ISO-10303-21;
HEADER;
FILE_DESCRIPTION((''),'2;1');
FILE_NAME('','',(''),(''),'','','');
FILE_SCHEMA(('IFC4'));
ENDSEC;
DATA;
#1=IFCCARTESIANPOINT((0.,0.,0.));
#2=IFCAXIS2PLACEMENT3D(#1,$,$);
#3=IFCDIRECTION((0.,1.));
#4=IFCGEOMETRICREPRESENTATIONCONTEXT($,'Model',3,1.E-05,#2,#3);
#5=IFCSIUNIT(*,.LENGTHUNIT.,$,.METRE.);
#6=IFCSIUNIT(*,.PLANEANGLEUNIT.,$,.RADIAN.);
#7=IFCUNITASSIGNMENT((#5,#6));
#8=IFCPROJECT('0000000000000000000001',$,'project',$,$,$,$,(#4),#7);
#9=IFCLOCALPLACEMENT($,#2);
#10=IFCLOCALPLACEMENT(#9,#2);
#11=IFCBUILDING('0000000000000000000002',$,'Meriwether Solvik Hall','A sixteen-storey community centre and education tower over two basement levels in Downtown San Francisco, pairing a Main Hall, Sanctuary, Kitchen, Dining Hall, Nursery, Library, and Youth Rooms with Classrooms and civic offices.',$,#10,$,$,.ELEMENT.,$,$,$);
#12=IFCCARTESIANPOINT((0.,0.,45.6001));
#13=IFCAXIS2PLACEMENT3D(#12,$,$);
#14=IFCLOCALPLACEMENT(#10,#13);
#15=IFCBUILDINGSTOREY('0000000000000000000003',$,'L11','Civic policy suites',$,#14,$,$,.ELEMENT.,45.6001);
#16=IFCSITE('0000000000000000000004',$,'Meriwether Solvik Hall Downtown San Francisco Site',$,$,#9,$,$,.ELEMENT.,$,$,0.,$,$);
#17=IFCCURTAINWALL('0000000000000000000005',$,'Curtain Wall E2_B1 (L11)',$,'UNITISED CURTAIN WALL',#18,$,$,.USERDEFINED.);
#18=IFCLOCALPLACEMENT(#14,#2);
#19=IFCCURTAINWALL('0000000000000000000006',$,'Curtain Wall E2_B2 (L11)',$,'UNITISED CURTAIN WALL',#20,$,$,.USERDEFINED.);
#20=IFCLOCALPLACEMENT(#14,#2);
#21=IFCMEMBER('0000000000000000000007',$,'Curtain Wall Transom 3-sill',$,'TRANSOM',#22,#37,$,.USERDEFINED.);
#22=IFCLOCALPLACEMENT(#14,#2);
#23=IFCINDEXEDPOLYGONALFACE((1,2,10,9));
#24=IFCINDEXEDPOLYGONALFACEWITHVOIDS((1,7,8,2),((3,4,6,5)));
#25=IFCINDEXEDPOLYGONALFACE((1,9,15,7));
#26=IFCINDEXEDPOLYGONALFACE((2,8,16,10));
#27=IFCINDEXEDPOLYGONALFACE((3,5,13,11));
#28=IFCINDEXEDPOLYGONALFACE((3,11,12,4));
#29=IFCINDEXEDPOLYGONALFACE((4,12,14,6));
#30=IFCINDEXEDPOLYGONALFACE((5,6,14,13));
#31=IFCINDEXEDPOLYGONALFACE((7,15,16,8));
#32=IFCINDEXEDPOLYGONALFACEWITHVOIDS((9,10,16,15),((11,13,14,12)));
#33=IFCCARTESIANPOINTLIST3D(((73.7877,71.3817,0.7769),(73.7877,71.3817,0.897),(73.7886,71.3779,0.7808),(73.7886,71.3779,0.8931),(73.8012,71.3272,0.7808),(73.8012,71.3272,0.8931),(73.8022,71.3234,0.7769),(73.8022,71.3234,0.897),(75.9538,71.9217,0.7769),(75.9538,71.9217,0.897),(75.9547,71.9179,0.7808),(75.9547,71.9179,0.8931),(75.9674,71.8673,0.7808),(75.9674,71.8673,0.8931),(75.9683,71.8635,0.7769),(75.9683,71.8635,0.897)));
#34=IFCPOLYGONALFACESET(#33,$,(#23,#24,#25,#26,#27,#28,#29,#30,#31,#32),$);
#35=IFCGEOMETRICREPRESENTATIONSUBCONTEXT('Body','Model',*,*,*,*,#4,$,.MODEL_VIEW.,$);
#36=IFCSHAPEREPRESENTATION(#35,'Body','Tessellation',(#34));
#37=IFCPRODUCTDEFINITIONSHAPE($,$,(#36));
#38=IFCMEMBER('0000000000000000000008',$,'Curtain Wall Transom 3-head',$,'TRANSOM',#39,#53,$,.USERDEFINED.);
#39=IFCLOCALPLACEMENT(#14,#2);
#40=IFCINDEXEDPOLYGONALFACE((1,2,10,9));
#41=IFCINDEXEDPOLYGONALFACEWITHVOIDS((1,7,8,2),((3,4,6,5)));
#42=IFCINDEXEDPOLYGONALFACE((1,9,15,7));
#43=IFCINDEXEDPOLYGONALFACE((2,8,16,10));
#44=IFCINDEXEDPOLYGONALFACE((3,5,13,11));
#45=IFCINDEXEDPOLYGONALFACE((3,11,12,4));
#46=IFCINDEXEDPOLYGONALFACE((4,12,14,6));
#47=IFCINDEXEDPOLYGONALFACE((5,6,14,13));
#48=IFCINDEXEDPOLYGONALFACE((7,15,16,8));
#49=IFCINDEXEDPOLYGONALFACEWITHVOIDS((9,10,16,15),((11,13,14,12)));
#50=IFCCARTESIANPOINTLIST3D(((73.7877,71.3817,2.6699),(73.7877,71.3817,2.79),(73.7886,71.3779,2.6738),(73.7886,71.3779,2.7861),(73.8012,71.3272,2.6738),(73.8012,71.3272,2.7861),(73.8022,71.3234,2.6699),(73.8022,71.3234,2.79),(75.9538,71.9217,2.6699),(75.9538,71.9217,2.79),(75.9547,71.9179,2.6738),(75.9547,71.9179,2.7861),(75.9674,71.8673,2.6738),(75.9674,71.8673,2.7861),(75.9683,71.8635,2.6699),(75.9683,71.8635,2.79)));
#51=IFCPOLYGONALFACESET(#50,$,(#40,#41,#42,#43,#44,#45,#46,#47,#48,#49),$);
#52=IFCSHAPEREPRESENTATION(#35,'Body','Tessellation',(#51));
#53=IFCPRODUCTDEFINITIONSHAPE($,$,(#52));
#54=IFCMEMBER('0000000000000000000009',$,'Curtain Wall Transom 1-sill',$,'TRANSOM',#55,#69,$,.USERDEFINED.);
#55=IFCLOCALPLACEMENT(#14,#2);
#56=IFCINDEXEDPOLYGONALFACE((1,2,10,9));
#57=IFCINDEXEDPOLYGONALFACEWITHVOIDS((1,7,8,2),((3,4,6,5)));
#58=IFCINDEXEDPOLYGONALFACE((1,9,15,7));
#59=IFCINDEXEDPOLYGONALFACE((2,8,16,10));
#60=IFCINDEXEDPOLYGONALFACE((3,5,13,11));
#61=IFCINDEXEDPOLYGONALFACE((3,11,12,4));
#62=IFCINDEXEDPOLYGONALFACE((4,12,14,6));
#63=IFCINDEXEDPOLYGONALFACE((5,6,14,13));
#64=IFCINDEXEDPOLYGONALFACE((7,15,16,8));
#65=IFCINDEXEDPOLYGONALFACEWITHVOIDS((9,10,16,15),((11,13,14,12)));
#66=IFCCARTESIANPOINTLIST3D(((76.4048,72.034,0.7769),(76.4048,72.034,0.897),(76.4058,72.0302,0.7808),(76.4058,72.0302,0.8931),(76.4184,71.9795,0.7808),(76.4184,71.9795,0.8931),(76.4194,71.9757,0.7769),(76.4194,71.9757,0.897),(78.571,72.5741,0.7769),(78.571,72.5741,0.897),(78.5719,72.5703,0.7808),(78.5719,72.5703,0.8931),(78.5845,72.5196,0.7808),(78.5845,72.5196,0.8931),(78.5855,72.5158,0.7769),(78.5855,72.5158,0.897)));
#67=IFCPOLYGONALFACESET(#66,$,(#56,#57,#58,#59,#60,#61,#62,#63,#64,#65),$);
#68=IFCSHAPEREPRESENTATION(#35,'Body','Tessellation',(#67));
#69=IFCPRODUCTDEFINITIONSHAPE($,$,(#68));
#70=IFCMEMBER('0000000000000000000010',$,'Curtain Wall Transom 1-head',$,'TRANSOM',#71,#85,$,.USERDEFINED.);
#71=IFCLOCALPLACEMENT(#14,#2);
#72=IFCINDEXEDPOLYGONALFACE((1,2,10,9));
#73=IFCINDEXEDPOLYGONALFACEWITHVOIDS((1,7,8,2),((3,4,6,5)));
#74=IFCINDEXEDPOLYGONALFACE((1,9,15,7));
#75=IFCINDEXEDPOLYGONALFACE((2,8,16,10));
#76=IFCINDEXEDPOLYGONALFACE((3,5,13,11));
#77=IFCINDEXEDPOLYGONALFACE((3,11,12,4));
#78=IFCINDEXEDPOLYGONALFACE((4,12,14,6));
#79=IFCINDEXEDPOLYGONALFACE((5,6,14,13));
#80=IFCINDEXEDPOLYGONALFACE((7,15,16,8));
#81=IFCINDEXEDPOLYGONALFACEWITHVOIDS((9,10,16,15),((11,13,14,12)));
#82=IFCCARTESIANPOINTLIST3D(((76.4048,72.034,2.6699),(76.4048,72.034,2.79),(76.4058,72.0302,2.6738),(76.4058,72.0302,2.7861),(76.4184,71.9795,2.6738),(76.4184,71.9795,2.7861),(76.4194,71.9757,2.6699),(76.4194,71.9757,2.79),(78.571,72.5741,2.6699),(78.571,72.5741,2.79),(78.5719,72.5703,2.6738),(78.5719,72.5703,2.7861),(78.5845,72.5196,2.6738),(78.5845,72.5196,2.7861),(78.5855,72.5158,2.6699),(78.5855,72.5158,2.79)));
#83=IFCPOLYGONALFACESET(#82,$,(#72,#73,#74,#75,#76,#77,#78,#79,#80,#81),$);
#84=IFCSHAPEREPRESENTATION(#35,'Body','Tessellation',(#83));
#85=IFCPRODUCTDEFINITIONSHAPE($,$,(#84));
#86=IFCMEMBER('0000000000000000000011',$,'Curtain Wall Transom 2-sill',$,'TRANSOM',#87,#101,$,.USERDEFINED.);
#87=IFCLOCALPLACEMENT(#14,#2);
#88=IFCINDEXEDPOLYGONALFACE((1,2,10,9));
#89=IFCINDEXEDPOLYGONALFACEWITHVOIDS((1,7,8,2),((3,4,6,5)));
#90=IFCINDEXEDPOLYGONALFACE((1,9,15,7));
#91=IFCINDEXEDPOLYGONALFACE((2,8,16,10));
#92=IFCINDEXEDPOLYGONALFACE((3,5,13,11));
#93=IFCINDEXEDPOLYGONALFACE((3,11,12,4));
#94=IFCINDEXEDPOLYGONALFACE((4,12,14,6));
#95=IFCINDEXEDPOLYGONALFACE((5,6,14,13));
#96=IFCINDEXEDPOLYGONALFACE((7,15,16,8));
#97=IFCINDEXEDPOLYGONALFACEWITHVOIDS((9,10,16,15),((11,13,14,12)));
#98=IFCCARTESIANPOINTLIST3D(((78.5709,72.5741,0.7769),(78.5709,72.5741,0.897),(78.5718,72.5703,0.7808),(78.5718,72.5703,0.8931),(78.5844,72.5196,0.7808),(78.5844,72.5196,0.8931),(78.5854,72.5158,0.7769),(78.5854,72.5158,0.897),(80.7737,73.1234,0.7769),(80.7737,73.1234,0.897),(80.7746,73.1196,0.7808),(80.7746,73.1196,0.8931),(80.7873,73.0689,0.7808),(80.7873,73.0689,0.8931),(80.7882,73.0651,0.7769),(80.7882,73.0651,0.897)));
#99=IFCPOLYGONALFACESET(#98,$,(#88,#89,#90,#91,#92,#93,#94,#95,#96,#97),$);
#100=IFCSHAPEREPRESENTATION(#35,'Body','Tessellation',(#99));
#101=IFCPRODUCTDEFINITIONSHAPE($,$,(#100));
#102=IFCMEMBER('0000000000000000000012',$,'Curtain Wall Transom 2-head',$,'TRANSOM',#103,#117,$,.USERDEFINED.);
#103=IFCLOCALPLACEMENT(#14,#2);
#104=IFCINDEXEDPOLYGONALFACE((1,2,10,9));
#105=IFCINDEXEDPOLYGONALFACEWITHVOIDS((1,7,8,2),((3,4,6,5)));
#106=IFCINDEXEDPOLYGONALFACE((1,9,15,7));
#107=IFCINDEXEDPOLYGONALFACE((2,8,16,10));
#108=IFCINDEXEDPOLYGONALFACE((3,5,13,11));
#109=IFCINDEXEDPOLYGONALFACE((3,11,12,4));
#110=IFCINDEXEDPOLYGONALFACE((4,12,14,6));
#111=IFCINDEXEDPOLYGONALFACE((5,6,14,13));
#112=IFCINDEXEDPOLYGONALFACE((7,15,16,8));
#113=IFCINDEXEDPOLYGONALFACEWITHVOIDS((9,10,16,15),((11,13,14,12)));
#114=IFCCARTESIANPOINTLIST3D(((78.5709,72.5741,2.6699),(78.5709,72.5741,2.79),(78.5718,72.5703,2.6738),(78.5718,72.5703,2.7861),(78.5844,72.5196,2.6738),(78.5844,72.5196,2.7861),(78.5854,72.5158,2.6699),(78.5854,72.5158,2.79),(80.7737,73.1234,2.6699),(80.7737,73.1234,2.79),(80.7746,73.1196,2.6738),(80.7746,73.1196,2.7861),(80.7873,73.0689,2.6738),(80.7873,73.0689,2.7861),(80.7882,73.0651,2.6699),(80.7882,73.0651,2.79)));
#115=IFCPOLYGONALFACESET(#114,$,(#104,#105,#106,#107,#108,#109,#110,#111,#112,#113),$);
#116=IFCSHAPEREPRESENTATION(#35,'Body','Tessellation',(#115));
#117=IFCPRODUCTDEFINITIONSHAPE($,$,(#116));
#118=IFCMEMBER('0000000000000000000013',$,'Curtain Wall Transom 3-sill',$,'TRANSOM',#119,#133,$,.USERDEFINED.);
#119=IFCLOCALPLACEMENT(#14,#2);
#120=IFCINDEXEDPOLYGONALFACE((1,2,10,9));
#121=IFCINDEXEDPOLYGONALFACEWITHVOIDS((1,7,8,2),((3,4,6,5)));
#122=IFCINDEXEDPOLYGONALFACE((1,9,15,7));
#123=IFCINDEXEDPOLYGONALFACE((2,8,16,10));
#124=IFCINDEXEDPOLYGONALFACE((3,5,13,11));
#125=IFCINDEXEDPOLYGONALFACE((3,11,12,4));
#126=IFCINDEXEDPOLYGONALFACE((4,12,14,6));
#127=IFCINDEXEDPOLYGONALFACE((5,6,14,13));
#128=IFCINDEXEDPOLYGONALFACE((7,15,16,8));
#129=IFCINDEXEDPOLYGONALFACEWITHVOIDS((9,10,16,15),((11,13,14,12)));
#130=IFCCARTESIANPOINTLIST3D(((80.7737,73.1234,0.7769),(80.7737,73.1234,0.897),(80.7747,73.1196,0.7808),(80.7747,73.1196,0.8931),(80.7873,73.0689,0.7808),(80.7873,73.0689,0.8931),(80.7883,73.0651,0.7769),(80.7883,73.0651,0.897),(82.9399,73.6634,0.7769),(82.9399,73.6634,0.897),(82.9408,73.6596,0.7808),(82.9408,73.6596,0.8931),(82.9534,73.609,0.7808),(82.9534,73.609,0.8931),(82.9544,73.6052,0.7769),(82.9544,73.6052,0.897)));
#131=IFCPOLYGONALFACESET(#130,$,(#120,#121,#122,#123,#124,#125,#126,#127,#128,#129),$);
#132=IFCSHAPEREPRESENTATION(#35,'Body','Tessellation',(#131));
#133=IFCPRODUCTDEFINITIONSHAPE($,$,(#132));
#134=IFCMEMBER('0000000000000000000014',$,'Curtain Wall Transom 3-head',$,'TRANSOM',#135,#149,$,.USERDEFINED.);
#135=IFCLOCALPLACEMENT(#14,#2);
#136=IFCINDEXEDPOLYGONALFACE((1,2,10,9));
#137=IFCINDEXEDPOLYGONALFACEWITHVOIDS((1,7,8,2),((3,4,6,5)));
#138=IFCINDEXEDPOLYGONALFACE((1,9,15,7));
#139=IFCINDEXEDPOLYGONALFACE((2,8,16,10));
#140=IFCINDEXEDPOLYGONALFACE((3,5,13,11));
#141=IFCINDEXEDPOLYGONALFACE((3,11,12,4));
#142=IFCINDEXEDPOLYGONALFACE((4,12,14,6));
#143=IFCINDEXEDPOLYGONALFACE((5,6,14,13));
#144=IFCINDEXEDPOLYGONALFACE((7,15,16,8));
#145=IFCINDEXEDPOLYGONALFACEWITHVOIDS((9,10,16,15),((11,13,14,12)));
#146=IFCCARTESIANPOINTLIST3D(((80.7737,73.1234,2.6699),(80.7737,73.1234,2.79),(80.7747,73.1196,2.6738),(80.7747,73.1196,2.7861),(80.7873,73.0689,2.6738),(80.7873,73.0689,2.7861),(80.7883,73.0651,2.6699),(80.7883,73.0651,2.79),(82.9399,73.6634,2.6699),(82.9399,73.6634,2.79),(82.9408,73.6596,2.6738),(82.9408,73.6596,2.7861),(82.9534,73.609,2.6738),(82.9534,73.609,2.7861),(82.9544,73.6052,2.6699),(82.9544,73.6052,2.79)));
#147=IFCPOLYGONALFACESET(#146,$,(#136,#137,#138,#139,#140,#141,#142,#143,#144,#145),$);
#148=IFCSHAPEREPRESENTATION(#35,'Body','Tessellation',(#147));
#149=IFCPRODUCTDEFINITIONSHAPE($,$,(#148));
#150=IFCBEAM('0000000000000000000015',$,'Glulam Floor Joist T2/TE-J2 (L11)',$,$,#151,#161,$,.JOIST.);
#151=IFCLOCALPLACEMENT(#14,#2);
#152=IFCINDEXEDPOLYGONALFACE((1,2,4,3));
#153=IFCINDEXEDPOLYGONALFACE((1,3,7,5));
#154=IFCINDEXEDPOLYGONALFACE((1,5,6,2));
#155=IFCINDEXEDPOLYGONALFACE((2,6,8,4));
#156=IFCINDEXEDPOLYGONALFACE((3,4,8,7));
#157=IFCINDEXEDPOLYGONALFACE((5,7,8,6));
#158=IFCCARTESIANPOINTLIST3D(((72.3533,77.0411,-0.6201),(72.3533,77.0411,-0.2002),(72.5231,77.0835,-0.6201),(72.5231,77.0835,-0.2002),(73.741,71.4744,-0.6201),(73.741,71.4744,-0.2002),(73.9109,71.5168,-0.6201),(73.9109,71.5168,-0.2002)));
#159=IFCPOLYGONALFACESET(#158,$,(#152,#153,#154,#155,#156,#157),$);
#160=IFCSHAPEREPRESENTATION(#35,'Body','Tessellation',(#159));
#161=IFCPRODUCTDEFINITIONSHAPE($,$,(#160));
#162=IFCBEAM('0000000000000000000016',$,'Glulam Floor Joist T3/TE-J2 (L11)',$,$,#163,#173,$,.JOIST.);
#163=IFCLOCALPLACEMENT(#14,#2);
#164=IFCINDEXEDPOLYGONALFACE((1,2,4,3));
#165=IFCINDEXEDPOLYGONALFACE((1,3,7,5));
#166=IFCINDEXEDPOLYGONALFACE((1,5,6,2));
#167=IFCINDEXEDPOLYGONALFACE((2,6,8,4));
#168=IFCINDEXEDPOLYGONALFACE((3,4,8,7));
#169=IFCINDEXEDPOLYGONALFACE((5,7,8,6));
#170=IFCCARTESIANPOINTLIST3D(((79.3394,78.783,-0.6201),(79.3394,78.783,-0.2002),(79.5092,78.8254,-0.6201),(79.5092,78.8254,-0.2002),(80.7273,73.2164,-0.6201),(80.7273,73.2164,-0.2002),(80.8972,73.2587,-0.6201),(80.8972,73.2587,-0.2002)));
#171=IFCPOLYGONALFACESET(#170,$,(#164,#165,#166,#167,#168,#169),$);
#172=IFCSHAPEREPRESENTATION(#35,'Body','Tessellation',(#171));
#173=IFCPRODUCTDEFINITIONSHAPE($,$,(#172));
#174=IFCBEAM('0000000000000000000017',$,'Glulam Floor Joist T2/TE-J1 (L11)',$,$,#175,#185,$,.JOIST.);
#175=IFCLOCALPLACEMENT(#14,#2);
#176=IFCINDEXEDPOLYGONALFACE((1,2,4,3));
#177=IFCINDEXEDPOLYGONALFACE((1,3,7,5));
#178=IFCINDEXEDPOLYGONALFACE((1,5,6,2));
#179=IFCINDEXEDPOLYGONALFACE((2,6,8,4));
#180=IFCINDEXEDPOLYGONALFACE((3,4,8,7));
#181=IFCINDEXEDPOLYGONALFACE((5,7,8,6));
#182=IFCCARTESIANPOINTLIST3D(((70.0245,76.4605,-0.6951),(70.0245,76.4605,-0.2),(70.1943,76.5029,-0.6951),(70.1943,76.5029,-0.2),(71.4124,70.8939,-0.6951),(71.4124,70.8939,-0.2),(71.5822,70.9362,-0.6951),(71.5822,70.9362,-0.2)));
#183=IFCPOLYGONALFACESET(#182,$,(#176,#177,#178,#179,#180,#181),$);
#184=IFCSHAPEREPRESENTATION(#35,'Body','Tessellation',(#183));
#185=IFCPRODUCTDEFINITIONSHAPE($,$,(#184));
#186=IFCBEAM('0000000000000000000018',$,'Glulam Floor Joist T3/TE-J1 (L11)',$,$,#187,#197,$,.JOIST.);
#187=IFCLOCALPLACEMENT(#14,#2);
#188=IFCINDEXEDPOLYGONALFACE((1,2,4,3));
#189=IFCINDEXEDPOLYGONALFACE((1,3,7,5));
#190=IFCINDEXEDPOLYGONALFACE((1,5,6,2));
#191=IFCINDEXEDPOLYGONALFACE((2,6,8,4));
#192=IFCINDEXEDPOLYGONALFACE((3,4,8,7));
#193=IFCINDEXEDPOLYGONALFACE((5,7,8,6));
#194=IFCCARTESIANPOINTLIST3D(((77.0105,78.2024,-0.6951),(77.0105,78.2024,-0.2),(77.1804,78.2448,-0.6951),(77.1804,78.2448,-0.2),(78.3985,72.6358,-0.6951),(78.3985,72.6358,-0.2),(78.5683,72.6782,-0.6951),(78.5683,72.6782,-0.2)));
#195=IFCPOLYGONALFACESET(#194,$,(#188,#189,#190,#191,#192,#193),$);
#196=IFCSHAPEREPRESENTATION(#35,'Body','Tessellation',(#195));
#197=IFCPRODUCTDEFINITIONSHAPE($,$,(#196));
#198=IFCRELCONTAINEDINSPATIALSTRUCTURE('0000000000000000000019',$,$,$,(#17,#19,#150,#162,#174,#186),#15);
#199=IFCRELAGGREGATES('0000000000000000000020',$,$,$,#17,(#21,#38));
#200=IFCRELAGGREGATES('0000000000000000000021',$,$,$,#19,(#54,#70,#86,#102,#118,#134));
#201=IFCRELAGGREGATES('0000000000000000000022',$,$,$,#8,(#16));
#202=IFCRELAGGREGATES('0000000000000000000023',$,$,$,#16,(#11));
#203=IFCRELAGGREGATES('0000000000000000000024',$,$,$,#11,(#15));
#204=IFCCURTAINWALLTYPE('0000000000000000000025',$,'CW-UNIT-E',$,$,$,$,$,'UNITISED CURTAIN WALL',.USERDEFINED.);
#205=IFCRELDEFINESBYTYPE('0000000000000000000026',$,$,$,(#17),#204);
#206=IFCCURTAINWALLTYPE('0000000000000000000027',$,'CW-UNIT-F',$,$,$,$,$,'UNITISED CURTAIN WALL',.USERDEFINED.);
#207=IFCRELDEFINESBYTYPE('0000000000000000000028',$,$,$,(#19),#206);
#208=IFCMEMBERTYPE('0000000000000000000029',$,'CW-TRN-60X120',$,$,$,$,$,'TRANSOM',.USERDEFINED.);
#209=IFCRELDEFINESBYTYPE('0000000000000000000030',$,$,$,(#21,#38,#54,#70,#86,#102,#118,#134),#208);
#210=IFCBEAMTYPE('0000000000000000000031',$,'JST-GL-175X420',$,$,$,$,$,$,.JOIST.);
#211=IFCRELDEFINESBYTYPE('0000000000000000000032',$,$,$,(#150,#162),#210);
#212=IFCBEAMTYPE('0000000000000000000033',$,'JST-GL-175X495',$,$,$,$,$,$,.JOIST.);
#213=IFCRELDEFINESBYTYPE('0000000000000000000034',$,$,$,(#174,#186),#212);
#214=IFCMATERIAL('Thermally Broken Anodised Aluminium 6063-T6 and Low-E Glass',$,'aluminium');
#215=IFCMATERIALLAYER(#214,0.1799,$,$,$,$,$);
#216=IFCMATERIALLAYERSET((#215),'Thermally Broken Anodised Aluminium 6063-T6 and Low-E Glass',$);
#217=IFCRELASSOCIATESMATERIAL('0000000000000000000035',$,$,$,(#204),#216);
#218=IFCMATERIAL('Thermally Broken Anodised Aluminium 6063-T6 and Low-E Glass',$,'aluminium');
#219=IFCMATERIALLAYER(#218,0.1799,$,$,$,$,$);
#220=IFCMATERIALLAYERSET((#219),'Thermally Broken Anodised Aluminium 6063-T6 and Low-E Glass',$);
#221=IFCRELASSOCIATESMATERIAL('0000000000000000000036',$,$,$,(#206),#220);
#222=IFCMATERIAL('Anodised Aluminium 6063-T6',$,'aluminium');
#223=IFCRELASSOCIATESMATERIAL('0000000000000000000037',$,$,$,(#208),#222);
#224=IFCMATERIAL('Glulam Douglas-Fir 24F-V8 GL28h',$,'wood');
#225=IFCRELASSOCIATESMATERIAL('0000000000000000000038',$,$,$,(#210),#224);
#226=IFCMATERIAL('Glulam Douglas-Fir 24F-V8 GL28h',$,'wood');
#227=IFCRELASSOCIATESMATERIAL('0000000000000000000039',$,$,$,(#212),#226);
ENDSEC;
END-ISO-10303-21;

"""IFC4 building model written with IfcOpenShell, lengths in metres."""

from ifc_helpers import new_model, si_unit, direction, frame, origin, origin_2d, place, context, subcontext, project, spatial, rectangle, hollow_rectangle, extrude, material, layer, layer_set, material_profile, profile_set, type_object, element, aggregate, save


model = new_model("IFC4")

# Units and contexts
model_context = context("Model", 3, precision=1e-05, world=origin(), true_north=direction((0.0, 1.0)))
body_context = subcontext(model_context, "Body", "Model", "MODEL_VIEW")
ifc_project = project(units=[si_unit("LENGTHUNIT", "METRE"), si_unit("PLANEANGLEUNIT", "RADIAN")], contexts=[model_context])

# Site, building, storey
site_placement = place(None, origin())
site = spatial("IfcSite", under=ifc_project, at=site_placement, Name="Meriwether Solvik Hall Downtown San Francisco Site", CompositionType="ELEMENT", RefElevation=0.0)
building_placement = place(site_placement, origin())
building = spatial("IfcBuilding", under=site, at=building_placement, Name="Meriwether Solvik Hall", Description="A sixteen-storey community centre and education tower over two basement levels in Downtown San Francisco, pairing a Main Hall, Sanctuary, Kitchen, Dining Hall, Nursery, Library, and Youth Rooms with Classrooms and civic offices.", CompositionType="ELEMENT")
storey_placement = place(building_placement, frame((0.0, 0.0, 45.6001)))
storey = spatial("IfcBuildingStorey", under=building, at=storey_placement, Name="L11", Description="Civic policy suites", CompositionType="ELEMENT", Elevation=45.6001)

# Curtain walls
ifc_material_1 = material(Name="Thermally Broken Anodised Aluminium 6063-T6 and Low-E Glass", Category="aluminium")
ifc_layer_1 = layer(ifc_material_1, 0.1799)
ifc_layer_set_1 = layer_set([ifc_layer_1], Name="Thermally Broken Anodised Aluminium 6063-T6 and Low-E Glass")
curtain_wall_type_1 = type_object("IfcCurtainWallType", Name="CW-UNIT-E", ElementType="UNITISED CURTAIN WALL", PredefinedType="USERDEFINED", material=ifc_layer_set_1)
curtain_wall_1_placement = place(storey_placement, origin())
curtain_wall_1 = element("IfcCurtainWall", 1, at=curtain_wall_1_placement, inside=storey, type_object=curtain_wall_type_1, Name="Curtain Wall E2_B1 (L11)", ObjectType="UNITISED CURTAIN WALL", PredefinedType="USERDEFINED")
ifc_material_2 = material(Name="Thermally Broken Anodised Aluminium 6063-T6 and Low-E Glass", Category="aluminium")
ifc_layer_2 = layer(ifc_material_2, 0.1799)
ifc_layer_set_2 = layer_set([ifc_layer_2], Name="Thermally Broken Anodised Aluminium 6063-T6 and Low-E Glass")
curtain_wall_type_2 = type_object("IfcCurtainWallType", Name="CW-UNIT-F", ElementType="UNITISED CURTAIN WALL", PredefinedType="USERDEFINED", material=ifc_layer_set_2)
curtain_wall_2_placement = place(storey_placement, origin())
curtain_wall_2 = element("IfcCurtainWall", 2, at=curtain_wall_2_placement, inside=storey, type_object=curtain_wall_type_2, Name="Curtain Wall E2_B2 (L11)", ObjectType="UNITISED CURTAIN WALL", PredefinedType="USERDEFINED")

# Members
ifc_material_3 = material(Name="Anodised Aluminium 6063-T6", Category="aluminium")
ifc_material_profile_1 = material_profile(ifc_material_3, hollow_rectangle(XDim=0.0601, YDim=0.1201, WallThickness=0.0039, at=origin_2d()), Name="CWT-60X120")
ifc_profile_set_1 = profile_set([ifc_material_profile_1], Name="Anodised Aluminium 6063-T6")
member_type_1 = type_object("IfcMemberType", Name="CW-TRN-60X120", ElementType="TRANSOM", PredefinedType="USERDEFINED", material=ifc_profile_set_1)
member_1_placement = place(storey_placement, frame((73.7949, 71.3525, 0.8369), z_axis=(0.970297, 0.241918, 0.0), x_axis=(-0.241918, 0.970297, 0.0)))
member_1 = element("IfcMember", 3, at=member_1_placement, type_object=member_type_1, Name="Curtain Wall Transom 3-sill", ObjectType="TRANSOM", PredefinedType="USERDEFINED", context=body_context, shape_type="SweptSolid", body=[
    extrude(hollow_rectangle(XDim=0.0601, YDim=0.1201, WallThickness=0.0039, at=origin_2d()), origin(), (0.0, 0.0, 1.0), 2.2324),
])
member_2_placement = place(storey_placement, frame((73.7949, 71.3525, 2.73), z_axis=(0.970297, 0.241918, 0.0), x_axis=(-0.241918, 0.970297, 0.0)))
member_2 = element("IfcMember", 4, at=member_2_placement, type_object=member_type_1, Name="Curtain Wall Transom 3-head", ObjectType="TRANSOM", PredefinedType="USERDEFINED", context=body_context, shape_type="SweptSolid", body=[
    extrude(hollow_rectangle(XDim=0.0601, YDim=0.1201, WallThickness=0.0039, at=origin_2d()), origin(), (0.0, 0.0, 1.0), 2.2324),
])
member_3_placement = place(storey_placement, frame((76.4121, 72.0049, 0.8369), z_axis=(0.970297, 0.241918, 0.0), x_axis=(-0.241918, 0.970297, 0.0)))
member_3 = element("IfcMember", 5, at=member_3_placement, type_object=member_type_1, Name="Curtain Wall Transom 1-sill", ObjectType="TRANSOM", PredefinedType="USERDEFINED", context=body_context, shape_type="SweptSolid", body=[
    extrude(hollow_rectangle(XDim=0.0601, YDim=0.1201, WallThickness=0.0039, at=origin_2d()), origin(), (0.0, 0.0, 1.0), 2.2324),
])
member_4_placement = place(storey_placement, frame((76.4121, 72.0049, 2.73), z_axis=(0.970297, 0.241918, 0.0), x_axis=(-0.241918, 0.970297, 0.0)))
member_4 = element("IfcMember", 6, at=member_4_placement, type_object=member_type_1, Name="Curtain Wall Transom 1-head", ObjectType="TRANSOM", PredefinedType="USERDEFINED", context=body_context, shape_type="SweptSolid", body=[
    extrude(hollow_rectangle(XDim=0.0601, YDim=0.1201, WallThickness=0.0039, at=origin_2d()), origin(), (0.0, 0.0, 1.0), 2.2324),
])
member_5_placement = place(storey_placement, frame((78.5781, 72.5449, 0.8369), z_axis=(0.970288, 0.241954, 0.0), x_axis=(-0.241954, 0.970288, 0.0)))
member_5 = element("IfcMember", 7, at=member_5_placement, type_object=member_type_1, Name="Curtain Wall Transom 2-sill", ObjectType="TRANSOM", PredefinedType="USERDEFINED", context=body_context, shape_type="SweptSolid", body=[
    extrude(hollow_rectangle(XDim=0.0601, YDim=0.1201, WallThickness=0.0039, at=origin_2d()), origin(), (0.0, 0.0, 1.0), 2.2703),
])
member_6_placement = place(storey_placement, frame((78.5781, 72.5449, 2.73), z_axis=(0.970288, 0.241954, 0.0), x_axis=(-0.241954, 0.970288, 0.0)))
member_6 = element("IfcMember", 8, at=member_6_placement, type_object=member_type_1, Name="Curtain Wall Transom 2-head", ObjectType="TRANSOM", PredefinedType="USERDEFINED", context=body_context, shape_type="SweptSolid", body=[
    extrude(hollow_rectangle(XDim=0.0601, YDim=0.1201, WallThickness=0.0039, at=origin_2d()), origin(), (0.0, 0.0, 1.0), 2.2703),
])
member_7_placement = place(storey_placement, frame((80.781, 73.0942, 0.8369), z_axis=(0.970297, 0.241918, 0.0), x_axis=(-0.241918, 0.970297, 0.0)))
member_7 = element("IfcMember", 9, at=member_7_placement, type_object=member_type_1, Name="Curtain Wall Transom 3-sill", ObjectType="TRANSOM", PredefinedType="USERDEFINED", context=body_context, shape_type="SweptSolid", body=[
    extrude(hollow_rectangle(XDim=0.0601, YDim=0.1201, WallThickness=0.0039, at=origin_2d()), origin(), (0.0, 0.0, 1.0), 2.2324),
])
member_8_placement = place(storey_placement, frame((80.781, 73.0942, 2.73), z_axis=(0.970297, 0.241918, 0.0), x_axis=(-0.241918, 0.970297, 0.0)))
member_8 = element("IfcMember", 10, at=member_8_placement, type_object=member_type_1, Name="Curtain Wall Transom 3-head", ObjectType="TRANSOM", PredefinedType="USERDEFINED", context=body_context, shape_type="SweptSolid", body=[
    extrude(hollow_rectangle(XDim=0.0601, YDim=0.1201, WallThickness=0.0039, at=origin_2d()), origin(), (0.0, 0.0, 1.0), 2.2324),
])

# Beams
ifc_material_4 = material(Name="Glulam Douglas-Fir 24F-V8 GL28h", Category="wood")
ifc_material_profile_2 = material_profile(ifc_material_4, rectangle(XDim=0.175, YDim=0.4199, at=origin_2d()), Name="GLJ-175X420")
ifc_profile_set_2 = profile_set([ifc_material_profile_2], Name="Glulam Douglas-Fir 24F-V8 GL28h")
beam_type_1 = type_object("IfcBeamType", Name="JST-GL-175X420", PredefinedType="JOIST", material=ifc_profile_set_2)
for number, where, z_axis, x_axis, name in (
    (11, (73.8259, 71.4956, -0.4102), (-0.241885, 0.970305, 0.0), (-0.970305, -0.241885, 0.0), "Glulam Floor Joist T2/TE-J2 (L11)"),
    (12, (80.8123, 73.2375, -0.4102), (-0.241925, 0.970295, 0.0), (-0.970295, -0.241925, 0.0), "Glulam Floor Joist T3/TE-J2 (L11)"),
):
    element("IfcBeam", number, at=place(storey_placement, frame(where, z_axis=z_axis, x_axis=x_axis)), inside=storey, type_object=beam_type_1, Name=name, PredefinedType="JOIST", context=body_context, shape_type="SweptSolid", body=[
        extrude(rectangle(XDim=0.175, YDim=0.4199, at=origin_2d()), origin(), (0.0, 0.0, 1.0), 5.7371),
    ])
ifc_material_5 = material(Name="Glulam Douglas-Fir 24F-V8 GL28h", Category="wood")
ifc_material_profile_3 = material_profile(ifc_material_5, rectangle(XDim=0.175, YDim=0.4951, at=origin_2d()), Name="GLJ-175X495")
ifc_profile_set_3 = profile_set([ifc_material_profile_3], Name="Glulam Douglas-Fir 24F-V8 GL28h")
beam_type_2 = type_object("IfcBeamType", Name="JST-GL-175X495", PredefinedType="JOIST", material=ifc_profile_set_3)
for number, where, z_axis, x_axis, name in (
    (13, (71.4973, 70.915, -0.4475), (-0.241925, 0.970295, 0.0), (-0.970295, -0.241925, 0.0), "Glulam Floor Joist T2/TE-J1 (L11)"),
    (14, (78.4834, 72.657, -0.4475), (-0.241925, 0.970295, 0.0), (-0.970295, -0.241925, 0.0), "Glulam Floor Joist T3/TE-J1 (L11)"),
):
    element("IfcBeam", number, at=place(storey_placement, frame(where, z_axis=z_axis, x_axis=x_axis)), inside=storey, type_object=beam_type_2, Name=name, PredefinedType="JOIST", context=body_context, shape_type="SweptSolid", body=[
        extrude(rectangle(XDim=0.175, YDim=0.4951, at=origin_2d()), origin(), (0.0, 0.0, 1.0), 5.7371),
    ])

aggregate(curtain_wall_1, [member_1, member_2])
aggregate(curtain_wall_2, [member_3, member_4, member_5, member_6, member_7, member_8])

save(model, "model.ifc")
